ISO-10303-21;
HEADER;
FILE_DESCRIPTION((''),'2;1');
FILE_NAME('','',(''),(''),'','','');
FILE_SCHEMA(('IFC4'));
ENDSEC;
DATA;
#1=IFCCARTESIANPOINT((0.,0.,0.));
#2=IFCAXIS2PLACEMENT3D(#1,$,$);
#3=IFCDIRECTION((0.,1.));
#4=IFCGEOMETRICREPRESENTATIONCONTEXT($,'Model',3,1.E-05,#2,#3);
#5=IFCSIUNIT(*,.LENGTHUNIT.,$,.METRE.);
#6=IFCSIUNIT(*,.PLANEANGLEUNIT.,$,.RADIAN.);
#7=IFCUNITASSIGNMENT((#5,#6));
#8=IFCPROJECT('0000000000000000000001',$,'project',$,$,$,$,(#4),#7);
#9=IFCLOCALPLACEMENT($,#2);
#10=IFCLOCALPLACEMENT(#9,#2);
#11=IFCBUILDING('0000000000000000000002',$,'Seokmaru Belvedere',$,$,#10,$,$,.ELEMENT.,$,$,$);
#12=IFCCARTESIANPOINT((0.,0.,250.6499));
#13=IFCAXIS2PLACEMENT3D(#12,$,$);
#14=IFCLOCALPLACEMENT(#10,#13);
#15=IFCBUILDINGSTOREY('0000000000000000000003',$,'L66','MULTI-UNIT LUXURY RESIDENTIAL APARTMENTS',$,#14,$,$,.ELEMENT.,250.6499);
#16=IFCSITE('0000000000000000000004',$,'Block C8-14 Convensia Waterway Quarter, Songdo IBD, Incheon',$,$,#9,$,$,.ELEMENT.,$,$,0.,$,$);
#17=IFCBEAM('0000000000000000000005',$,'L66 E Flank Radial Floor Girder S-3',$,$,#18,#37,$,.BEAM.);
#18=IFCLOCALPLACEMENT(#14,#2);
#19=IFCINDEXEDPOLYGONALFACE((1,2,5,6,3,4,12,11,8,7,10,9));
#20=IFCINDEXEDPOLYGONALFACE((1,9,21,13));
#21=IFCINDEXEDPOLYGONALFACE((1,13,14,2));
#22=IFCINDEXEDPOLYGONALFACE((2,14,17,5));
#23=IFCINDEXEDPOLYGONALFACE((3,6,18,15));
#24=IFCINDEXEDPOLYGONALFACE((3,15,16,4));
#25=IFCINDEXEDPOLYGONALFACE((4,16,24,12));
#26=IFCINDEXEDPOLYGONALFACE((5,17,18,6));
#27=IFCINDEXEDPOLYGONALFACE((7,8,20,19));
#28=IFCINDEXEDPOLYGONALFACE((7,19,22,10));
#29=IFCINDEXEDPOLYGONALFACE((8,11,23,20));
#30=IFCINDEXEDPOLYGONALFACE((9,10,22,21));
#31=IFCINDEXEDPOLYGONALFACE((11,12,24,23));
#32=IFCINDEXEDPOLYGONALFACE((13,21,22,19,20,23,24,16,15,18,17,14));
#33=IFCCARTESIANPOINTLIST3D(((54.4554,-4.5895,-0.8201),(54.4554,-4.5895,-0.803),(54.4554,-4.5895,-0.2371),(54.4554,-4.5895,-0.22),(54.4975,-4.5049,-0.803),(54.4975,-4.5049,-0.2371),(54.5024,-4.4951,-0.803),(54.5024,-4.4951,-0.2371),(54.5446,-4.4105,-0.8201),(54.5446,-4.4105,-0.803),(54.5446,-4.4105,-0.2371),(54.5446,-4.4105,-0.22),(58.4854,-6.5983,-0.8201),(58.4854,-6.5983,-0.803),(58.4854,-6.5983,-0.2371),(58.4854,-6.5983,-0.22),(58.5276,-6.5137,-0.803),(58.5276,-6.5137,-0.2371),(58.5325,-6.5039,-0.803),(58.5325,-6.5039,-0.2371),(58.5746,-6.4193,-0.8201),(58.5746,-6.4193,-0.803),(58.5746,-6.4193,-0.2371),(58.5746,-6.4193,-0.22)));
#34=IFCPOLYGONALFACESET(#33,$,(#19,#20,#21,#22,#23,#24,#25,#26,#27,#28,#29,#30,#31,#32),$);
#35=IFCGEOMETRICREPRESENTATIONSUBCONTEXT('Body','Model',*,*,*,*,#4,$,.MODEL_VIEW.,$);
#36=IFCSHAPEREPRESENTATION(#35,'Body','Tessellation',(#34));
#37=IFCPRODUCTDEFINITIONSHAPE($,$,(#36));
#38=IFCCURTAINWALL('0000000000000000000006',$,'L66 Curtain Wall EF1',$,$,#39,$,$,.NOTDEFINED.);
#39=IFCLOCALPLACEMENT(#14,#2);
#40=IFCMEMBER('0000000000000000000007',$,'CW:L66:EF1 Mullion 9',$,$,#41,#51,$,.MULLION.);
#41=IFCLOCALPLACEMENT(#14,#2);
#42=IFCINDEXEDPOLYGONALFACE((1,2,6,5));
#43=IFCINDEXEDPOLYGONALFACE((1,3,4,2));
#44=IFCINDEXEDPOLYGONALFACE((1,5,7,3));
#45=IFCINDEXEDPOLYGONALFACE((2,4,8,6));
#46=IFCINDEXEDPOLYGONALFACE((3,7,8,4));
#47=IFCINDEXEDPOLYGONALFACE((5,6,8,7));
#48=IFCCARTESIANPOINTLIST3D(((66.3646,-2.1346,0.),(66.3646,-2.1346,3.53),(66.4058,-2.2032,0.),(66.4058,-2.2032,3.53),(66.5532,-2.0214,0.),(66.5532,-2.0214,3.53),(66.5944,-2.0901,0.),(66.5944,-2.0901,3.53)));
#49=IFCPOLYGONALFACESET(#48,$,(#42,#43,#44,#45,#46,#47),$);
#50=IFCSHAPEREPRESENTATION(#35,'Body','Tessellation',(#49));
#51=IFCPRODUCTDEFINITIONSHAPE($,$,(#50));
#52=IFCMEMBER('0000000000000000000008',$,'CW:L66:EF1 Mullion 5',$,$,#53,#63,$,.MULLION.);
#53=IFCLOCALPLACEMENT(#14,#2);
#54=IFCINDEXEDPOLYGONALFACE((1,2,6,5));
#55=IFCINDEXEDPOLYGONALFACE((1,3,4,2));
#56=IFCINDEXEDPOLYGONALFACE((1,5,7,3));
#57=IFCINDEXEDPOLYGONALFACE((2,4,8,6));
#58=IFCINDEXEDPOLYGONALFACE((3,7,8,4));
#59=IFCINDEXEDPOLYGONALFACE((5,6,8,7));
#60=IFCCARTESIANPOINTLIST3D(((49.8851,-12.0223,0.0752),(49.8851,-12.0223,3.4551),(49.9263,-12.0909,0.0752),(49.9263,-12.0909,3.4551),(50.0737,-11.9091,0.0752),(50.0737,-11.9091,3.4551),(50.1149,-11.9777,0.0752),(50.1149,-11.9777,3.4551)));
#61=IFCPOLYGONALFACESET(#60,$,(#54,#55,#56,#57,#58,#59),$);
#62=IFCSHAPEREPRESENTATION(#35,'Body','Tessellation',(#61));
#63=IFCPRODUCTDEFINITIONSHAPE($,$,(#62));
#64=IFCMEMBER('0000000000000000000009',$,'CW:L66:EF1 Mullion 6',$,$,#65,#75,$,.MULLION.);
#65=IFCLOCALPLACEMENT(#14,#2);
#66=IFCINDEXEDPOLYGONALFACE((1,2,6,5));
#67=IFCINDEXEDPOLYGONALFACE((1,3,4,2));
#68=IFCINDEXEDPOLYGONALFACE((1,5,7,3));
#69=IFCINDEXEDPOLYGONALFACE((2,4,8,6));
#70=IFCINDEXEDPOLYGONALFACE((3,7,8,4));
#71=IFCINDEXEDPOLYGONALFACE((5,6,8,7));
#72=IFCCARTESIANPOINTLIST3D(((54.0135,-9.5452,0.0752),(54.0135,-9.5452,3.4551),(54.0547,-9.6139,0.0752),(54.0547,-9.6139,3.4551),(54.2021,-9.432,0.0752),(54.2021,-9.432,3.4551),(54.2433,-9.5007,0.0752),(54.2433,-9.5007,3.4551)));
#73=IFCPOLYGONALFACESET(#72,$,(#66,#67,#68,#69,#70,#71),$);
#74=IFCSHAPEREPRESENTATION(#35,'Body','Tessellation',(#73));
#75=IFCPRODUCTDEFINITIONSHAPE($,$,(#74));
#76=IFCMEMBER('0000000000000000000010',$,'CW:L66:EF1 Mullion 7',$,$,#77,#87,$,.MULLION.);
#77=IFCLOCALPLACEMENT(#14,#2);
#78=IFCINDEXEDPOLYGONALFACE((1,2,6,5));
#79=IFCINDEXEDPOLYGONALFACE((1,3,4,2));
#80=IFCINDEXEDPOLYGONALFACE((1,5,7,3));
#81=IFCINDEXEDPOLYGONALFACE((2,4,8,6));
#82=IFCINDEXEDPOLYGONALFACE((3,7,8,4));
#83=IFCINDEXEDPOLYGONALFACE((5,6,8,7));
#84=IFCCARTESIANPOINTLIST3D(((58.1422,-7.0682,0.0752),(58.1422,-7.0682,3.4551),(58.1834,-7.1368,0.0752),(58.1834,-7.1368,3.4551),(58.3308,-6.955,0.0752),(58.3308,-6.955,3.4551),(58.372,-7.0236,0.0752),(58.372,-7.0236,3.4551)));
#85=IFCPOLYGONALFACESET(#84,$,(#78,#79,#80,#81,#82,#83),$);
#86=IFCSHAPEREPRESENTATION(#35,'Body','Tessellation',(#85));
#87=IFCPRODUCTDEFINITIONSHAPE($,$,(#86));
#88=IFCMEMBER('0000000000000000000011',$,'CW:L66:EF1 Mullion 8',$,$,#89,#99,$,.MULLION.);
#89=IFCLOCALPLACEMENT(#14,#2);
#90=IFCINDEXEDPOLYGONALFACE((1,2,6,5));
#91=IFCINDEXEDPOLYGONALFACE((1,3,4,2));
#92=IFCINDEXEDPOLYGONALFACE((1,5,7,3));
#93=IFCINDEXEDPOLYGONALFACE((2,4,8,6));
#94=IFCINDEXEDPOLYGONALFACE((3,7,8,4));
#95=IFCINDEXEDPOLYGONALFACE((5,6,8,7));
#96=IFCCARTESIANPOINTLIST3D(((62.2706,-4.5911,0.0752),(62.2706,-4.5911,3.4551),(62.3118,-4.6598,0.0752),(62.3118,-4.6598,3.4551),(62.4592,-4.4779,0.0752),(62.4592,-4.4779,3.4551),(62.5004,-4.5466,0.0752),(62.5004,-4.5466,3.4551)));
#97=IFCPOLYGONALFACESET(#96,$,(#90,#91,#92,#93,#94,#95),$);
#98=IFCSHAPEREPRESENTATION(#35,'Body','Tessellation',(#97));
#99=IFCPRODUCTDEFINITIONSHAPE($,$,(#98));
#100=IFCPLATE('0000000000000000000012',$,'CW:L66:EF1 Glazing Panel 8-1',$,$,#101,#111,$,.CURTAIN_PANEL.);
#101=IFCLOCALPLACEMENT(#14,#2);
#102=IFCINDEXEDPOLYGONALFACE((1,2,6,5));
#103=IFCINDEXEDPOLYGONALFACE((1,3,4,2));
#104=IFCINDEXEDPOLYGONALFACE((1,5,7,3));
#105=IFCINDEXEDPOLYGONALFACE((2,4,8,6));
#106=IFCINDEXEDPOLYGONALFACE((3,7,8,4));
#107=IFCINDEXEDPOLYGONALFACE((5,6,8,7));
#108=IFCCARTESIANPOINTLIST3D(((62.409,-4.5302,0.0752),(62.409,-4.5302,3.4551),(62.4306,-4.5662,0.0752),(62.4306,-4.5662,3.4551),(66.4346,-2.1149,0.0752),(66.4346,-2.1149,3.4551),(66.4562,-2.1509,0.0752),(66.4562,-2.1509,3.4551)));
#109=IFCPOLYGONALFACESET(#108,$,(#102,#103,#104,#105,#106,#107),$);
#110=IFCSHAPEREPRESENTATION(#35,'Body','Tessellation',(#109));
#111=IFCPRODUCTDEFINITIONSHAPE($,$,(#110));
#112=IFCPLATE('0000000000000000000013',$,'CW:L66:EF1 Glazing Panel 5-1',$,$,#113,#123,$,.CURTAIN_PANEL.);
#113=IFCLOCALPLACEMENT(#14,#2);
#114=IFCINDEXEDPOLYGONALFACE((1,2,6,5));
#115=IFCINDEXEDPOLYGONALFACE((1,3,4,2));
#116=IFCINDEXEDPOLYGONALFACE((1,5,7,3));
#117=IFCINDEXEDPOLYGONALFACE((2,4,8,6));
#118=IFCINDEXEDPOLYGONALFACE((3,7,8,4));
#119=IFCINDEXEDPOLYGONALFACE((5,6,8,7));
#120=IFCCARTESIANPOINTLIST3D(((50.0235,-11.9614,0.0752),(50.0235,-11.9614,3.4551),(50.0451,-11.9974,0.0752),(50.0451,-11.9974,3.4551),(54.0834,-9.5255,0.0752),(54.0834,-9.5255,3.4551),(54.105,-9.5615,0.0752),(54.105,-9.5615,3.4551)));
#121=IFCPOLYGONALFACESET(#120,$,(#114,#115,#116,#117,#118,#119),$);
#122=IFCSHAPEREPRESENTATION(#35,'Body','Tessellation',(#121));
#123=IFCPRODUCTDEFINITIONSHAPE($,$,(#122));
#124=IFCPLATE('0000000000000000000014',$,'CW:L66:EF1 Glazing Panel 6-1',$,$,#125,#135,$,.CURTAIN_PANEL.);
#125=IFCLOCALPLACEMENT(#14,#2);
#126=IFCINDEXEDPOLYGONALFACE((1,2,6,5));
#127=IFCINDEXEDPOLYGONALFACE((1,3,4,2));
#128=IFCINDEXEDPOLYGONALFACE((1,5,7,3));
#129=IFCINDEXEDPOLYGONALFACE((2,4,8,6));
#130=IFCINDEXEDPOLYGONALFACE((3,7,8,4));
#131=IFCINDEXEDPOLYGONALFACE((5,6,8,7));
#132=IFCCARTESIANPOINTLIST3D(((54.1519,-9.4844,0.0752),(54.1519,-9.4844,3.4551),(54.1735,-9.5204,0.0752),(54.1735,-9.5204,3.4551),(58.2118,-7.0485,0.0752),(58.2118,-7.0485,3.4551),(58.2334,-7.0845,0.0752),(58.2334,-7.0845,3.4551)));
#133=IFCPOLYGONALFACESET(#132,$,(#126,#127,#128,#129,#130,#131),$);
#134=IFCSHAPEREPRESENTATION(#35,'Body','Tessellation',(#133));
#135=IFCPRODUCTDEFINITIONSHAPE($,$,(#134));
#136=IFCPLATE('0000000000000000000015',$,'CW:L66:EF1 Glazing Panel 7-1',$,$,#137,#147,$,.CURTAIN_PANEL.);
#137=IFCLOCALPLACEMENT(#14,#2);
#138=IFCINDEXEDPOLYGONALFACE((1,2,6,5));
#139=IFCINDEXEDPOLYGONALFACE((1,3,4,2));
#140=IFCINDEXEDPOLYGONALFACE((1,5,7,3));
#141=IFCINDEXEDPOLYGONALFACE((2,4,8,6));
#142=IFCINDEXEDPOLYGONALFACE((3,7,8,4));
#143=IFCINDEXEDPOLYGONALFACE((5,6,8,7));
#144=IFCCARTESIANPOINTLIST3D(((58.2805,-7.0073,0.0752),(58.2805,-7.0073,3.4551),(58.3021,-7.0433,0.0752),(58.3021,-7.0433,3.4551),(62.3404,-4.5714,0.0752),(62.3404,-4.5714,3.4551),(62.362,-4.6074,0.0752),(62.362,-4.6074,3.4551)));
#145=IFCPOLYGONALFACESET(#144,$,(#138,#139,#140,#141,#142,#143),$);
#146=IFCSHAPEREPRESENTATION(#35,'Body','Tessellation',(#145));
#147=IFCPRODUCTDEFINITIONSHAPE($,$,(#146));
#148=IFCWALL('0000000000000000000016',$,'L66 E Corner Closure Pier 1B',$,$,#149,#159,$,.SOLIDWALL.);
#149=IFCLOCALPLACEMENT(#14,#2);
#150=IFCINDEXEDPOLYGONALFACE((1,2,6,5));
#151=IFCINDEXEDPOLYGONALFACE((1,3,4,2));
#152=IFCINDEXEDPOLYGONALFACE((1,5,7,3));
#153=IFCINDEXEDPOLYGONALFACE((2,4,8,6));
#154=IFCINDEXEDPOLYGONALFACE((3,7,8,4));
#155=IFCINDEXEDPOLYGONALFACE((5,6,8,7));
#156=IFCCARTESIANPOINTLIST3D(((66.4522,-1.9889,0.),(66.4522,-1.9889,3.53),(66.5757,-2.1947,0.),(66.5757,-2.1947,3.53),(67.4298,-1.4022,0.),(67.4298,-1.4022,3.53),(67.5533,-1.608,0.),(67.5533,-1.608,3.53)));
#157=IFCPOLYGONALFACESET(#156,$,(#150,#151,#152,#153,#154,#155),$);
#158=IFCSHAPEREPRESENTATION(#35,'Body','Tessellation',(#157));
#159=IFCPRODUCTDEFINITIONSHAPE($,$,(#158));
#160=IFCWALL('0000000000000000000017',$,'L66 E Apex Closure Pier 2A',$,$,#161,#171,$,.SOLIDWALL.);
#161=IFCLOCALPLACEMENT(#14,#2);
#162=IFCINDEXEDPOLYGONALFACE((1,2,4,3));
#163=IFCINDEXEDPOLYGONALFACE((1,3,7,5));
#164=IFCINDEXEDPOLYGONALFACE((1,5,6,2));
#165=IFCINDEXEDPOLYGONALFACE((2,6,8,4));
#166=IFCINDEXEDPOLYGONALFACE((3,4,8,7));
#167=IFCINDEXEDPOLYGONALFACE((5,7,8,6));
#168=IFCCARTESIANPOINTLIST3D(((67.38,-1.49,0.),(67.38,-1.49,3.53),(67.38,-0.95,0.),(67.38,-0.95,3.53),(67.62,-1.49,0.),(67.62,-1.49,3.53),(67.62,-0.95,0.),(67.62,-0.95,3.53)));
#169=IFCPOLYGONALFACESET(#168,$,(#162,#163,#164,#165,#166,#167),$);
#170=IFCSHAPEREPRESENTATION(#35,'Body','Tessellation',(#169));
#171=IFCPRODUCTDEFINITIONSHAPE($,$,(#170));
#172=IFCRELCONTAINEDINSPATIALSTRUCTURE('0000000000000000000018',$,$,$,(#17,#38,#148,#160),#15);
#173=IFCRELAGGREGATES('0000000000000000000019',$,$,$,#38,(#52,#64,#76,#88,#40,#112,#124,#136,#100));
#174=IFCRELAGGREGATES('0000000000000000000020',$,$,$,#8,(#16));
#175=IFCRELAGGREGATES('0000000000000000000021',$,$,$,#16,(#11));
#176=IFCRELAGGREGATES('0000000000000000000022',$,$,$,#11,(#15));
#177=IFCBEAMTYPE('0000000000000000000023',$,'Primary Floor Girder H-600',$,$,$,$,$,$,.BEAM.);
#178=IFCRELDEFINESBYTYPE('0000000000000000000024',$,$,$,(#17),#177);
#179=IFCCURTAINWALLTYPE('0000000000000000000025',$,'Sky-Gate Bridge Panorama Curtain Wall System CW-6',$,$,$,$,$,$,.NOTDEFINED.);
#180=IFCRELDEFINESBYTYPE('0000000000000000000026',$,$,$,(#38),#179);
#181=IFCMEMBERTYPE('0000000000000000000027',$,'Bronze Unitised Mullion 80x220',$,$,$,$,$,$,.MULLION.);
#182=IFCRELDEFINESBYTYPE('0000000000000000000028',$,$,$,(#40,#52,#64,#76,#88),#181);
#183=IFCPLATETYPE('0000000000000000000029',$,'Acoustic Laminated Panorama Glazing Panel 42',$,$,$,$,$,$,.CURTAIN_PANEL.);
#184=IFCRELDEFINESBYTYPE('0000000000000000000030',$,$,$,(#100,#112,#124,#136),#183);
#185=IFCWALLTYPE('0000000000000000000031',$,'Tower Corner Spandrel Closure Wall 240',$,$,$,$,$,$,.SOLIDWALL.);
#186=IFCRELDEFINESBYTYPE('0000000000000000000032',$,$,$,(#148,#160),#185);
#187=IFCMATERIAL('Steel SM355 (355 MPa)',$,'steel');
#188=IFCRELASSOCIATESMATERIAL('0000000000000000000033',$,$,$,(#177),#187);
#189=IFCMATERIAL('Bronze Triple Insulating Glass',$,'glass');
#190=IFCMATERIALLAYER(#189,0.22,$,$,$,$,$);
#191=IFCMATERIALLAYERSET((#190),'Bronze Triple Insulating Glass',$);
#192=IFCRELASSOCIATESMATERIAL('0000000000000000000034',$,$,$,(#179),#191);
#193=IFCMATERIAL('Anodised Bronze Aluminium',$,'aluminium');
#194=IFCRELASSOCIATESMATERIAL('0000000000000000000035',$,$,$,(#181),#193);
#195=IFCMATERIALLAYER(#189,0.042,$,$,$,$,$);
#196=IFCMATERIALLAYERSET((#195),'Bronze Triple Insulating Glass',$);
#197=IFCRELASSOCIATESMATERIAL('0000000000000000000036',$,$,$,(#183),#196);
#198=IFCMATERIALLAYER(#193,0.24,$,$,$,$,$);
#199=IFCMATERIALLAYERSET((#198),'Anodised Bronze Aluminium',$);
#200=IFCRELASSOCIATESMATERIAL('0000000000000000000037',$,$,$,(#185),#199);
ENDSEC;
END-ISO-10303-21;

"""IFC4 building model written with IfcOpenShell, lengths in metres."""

from ifc_helpers import new_model, si_unit, direction, frame, frame_2d, origin, origin_2d, place, context, subcontext, project, spatial, rectangle, i_section, extrude, source, transform, mapped, material, layer, layer_set, material_profile, profile_set, type_object, type_shapes, element, aggregate, save


model = new_model("IFC4")

# Units and contexts
model_context = context("Model", 3, precision=1e-05, world=origin(), true_north=direction((0.0, 1.0)))
body_context = subcontext(model_context, "Body", "Model", "MODEL_VIEW")
ifc_project = project(units=[si_unit("LENGTHUNIT", "METRE"), si_unit("PLANEANGLEUNIT", "RADIAN")], contexts=[model_context])

# Site, building, storey
site_placement = place(None, origin())
site = spatial("IfcSite", under=ifc_project, at=site_placement, Name="Block C8-14 Convensia Waterway Quarter, Songdo IBD, Incheon", CompositionType="ELEMENT", RefElevation=0.0)
building_placement = place(site_placement, origin())
building = spatial("IfcBuilding", under=site, at=building_placement, Name="Seokmaru Belvedere", CompositionType="ELEMENT")
storey_placement = place(building_placement, frame((0.0, 0.0, 250.6499)))
storey = spatial("IfcBuildingStorey", under=building, at=storey_placement, Name="L66", Description="MULTI-UNIT LUXURY RESIDENTIAL APARTMENTS", CompositionType="ELEMENT", Elevation=250.6499)

# Shared definitions
ifc_material_1 = material(Name="Steel SM355 (355 MPa)", Category="steel")

# Beam
ifc_material_profile_1 = material_profile(ifc_material_1, i_section(OverallWidth=0.2, OverallDepth=0.6001, WebThickness=0.011, FlangeThickness=0.0171, at=origin_2d()), Name="H-600x200x11x17")
ifc_profile_set_1 = profile_set([ifc_material_profile_1], Name="Steel SM355 (355 MPa)")
beam_type_1 = type_object("IfcBeamType", Name="Primary Floor Girder H-600", PredefinedType="BEAM", material=ifc_profile_set_1)
shared_shape_1 = source(origin(), body_context, "Body", "SweptSolid", [
    extrude(i_section(OverallWidth=0.2, OverallDepth=0.6001, WebThickness=0.011, FlangeThickness=0.0171, at=origin_2d()), origin(), (0.0, 0.0, 1.0), 4.5029),
])
beam_1_placement = place(storey_placement, frame((58.53, -6.5088, -0.52), z_axis=(-0.89498, 0.446107, 0.0), x_axis=(-0.446107, -0.89498, 0.0)))
element("IfcBeam", 1, at=beam_1_placement, inside=storey, type_object=beam_type_1, Name="L66 E Flank Radial Floor Girder S-3", PredefinedType="BEAM", context=body_context, shape_type="MappedRepresentation", body=[
    mapped(shared_shape_1, transform((0.0, 0.0, 0.0), scale=1.0)),
])

# Curtain wall, members, plates
ifc_material_2 = material(Name="Bronze Triple Insulating Glass", Category="glass")
ifc_layer_1 = layer(ifc_material_2, 0.22)
ifc_layer_set_1 = layer_set([ifc_layer_1], Name="Bronze Triple Insulating Glass")
curtain_wall_type = type_object("IfcCurtainWallType", Name="Sky-Gate Bridge Panorama Curtain Wall System CW-6", PredefinedType="NOTDEFINED", material=ifc_layer_set_1)
curtain_wall_placement = place(storey_placement, origin())
curtain_wall = element("IfcCurtainWall", 2, at=curtain_wall_placement, inside=storey, type_object=curtain_wall_type, Name="L66 Curtain Wall EF1", PredefinedType="NOTDEFINED")
ifc_material_3 = material(Name="Anodised Bronze Aluminium", Category="aluminium")
ifc_material_profile_2 = material_profile(ifc_material_3, rectangle(XDim=0.0801, YDim=0.22, at=origin_2d()), Name="CW-M-80x220")
ifc_profile_set_2 = profile_set([ifc_material_profile_2], Name="Anodised Bronze Aluminium")
member_type = type_object("IfcMemberType", Name="Bronze Unitised Mullion 80x220", PredefinedType="MULLION", material=ifc_profile_set_2)
shared_shape_2 = source(origin(), body_context, "Body", "SweptSolid", [
    extrude(rectangle(XDim=0.0801, YDim=0.22, at=origin_2d()), origin(), (0.0, 0.0, 1.0), 3.53),
])
member_1_placement = place(storey_placement, frame((66.4795, -2.1123, 0.0), z_axis=(0.0, 0.0, 1.0), x_axis=(-0.514495, 0.857493, 0.0)))
member_1 = element("IfcMember", 3, at=member_1_placement, type_object=member_type, Name="CW:L66:EF1 Mullion 9", PredefinedType="MULLION", context=body_context, shape_type="MappedRepresentation", body=[
    mapped(shared_shape_2, transform((0.0, 0.0, 0.0), scale=1.0)),
])
shared_shape_3 = source(origin(), body_context, "Body", "SweptSolid", [
    extrude(rectangle(XDim=0.0801, YDim=0.22, at=origin_2d()), origin(), (0.0, 0.0, 1.0), 3.3799),
])
type_shapes(member_type, [shared_shape_2, shared_shape_3])
member_2_placement = place(storey_placement, frame((50.0, -12.0, 0.0752), z_axis=(0.0, 0.0, 1.0), x_axis=(-0.514495, 0.857493, 0.0)))
member_2 = element("IfcMember", 4, at=member_2_placement, type_object=member_type, Name="CW:L66:EF1 Mullion 5", PredefinedType="MULLION", context=body_context, shape_type="MappedRepresentation", body=[
    mapped(shared_shape_3, transform((0.0, 0.0, 0.0), scale=1.0)),
])
member_3_placement = place(storey_placement, frame((54.1284, -9.5229, 0.0752), z_axis=(0.0, 0.0, 1.0), x_axis=(-0.514495, 0.857493, 0.0)))
member_3 = element("IfcMember", 5, at=member_3_placement, type_object=member_type, Name="CW:L66:EF1 Mullion 6", PredefinedType="MULLION", context=body_context, shape_type="MappedRepresentation", body=[
    mapped(shared_shape_3, transform((0.0, 0.0, 0.0), scale=1.0)),
])
member_4_placement = place(storey_placement, frame((58.2571, -7.0459, 0.0752), z_axis=(0.0, 0.0, 1.0), x_axis=(-0.514495, 0.857493, 0.0)))
member_4 = element("IfcMember", 6, at=member_4_placement, type_object=member_type, Name="CW:L66:EF1 Mullion 7", PredefinedType="MULLION", context=body_context, shape_type="MappedRepresentation", body=[
    mapped(shared_shape_3, transform((0.0, 0.0, 0.0), scale=1.0)),
])
member_5_placement = place(storey_placement, frame((62.3855, -4.5688, 0.0752), z_axis=(0.0, 0.0, 1.0), x_axis=(-0.514495, 0.857493, 0.0)))
member_5 = element("IfcMember", 7, at=member_5_placement, type_object=member_type, Name="CW:L66:EF1 Mullion 8", PredefinedType="MULLION", context=body_context, shape_type="MappedRepresentation", body=[
    mapped(shared_shape_3, transform((0.0, 0.0, 0.0), scale=1.0)),
])
ifc_layer_2 = layer(ifc_material_2, 0.042)
ifc_layer_set_2 = layer_set([ifc_layer_2], Name="Bronze Triple Insulating Glass")
plate_type = type_object("IfcPlateType", Name="Acoustic Laminated Panorama Glazing Panel 42", PredefinedType="CURTAIN_PANEL", material=ifc_layer_set_2)
shared_shape_4 = source(origin(), body_context, "Body", "SweptSolid", [
    extrude(rectangle(XDim=4.6946, YDim=0.042, at=origin_2d()), origin(), (0.0, 0.0, 1.0), 3.3799),
])
plate_1_placement = place(storey_placement, frame((64.4326, -3.3406, 0.0752), z_axis=(0.0, 0.0, 1.0), x_axis=(0.857493, 0.514495, 0.0)))
plate_1 = element("IfcPlate", 8, at=plate_1_placement, type_object=plate_type, Name="CW:L66:EF1 Glazing Panel 8-1", PredefinedType="CURTAIN_PANEL", context=body_context, shape_type="MappedRepresentation", body=[
    mapped(shared_shape_4, transform((0.0, 0.0, 0.0), scale=1.0)),
])
shared_shape_5 = source(origin(), body_context, "Body", "SweptSolid", [
    extrude(rectangle(XDim=4.7346, YDim=0.042, at=origin_2d()), origin(), (0.0, 0.0, 1.0), 3.3799),
])
type_shapes(plate_type, [shared_shape_4, shared_shape_5])
plate_2_placement = place(storey_placement, frame((52.0642, -10.7615, 0.0752), z_axis=(0.0, 0.0, 1.0), x_axis=(0.857493, 0.514495, 0.0)))
plate_2 = element("IfcPlate", 9, at=plate_2_placement, type_object=plate_type, Name="CW:L66:EF1 Glazing Panel 5-1", PredefinedType="CURTAIN_PANEL", context=body_context, shape_type="MappedRepresentation", body=[
    mapped(shared_shape_5, transform((0.0, 0.0, 0.0), scale=1.0)),
])
plate_3_placement = place(storey_placement, frame((56.1926, -8.2844, 0.0752), z_axis=(0.0, 0.0, 1.0), x_axis=(0.857493, 0.514495, 0.0)))
plate_3 = element("IfcPlate", 10, at=plate_3_placement, type_object=plate_type, Name="CW:L66:EF1 Glazing Panel 6-1", PredefinedType="CURTAIN_PANEL", context=body_context, shape_type="MappedRepresentation", body=[
    mapped(shared_shape_5, transform((0.0, 0.0, 0.0), scale=1.0)),
])
plate_4_placement = place(storey_placement, frame((60.3213, -5.8074, 0.0752), z_axis=(0.0, 0.0, 1.0), x_axis=(0.857493, 0.514495, 0.0)))
plate_4 = element("IfcPlate", 11, at=plate_4_placement, type_object=plate_type, Name="CW:L66:EF1 Glazing Panel 7-1", PredefinedType="CURTAIN_PANEL", context=body_context, shape_type="MappedRepresentation", body=[
    mapped(shared_shape_5, transform((0.0, 0.0, 0.0), scale=1.0)),
])
aggregate(curtain_wall, [member_2, member_3, member_4, member_5, member_1, plate_2, plate_3, plate_4, plate_1])

# Walls
ifc_layer_3 = layer(ifc_material_3, 0.24)
ifc_layer_set_3 = layer_set([ifc_layer_3], Name="Anodised Bronze Aluminium")
wall_type_1 = type_object("IfcWallType", Name="Tower Corner Spandrel Closure Wall 240", PredefinedType="SOLIDWALL", material=ifc_layer_set_3)
wall_1_placement = place(storey_placement, frame((66.5139, -2.0918, 0.0), z_axis=(0.0, 0.0, 1.0), x_axis=(0.857436, 0.51459, 0.0)))
element("IfcWall", 12, at=wall_1_placement, inside=storey, type_object=wall_type_1, Name="L66 E Corner Closure Pier 1B", PredefinedType="SOLIDWALL", context=body_context, shape_type="SweptSolid", body=[
    extrude(rectangle(XDim=1.1401, YDim=0.24, at=frame_2d((0.5701, 0.0))), origin(), (0.0, 0.0, 1.0), 3.53),
])
wall_2_placement = place(storey_placement, frame((67.5, -1.49, 0.0), z_axis=(0.0, 0.0, 1.0), x_axis=(0.0, 1.0, 0.0)))
element("IfcWall", 13, at=wall_2_placement, inside=storey, type_object=wall_type_1, Name="L66 E Apex Closure Pier 2A", PredefinedType="SOLIDWALL", context=body_context, shape_type="SweptSolid", body=[
    extrude(rectangle(XDim=0.54, YDim=0.24, at=frame_2d((0.27, 0.0))), origin(), (0.0, 0.0, 1.0), 3.53),
])

save(model, "model.ifc")
